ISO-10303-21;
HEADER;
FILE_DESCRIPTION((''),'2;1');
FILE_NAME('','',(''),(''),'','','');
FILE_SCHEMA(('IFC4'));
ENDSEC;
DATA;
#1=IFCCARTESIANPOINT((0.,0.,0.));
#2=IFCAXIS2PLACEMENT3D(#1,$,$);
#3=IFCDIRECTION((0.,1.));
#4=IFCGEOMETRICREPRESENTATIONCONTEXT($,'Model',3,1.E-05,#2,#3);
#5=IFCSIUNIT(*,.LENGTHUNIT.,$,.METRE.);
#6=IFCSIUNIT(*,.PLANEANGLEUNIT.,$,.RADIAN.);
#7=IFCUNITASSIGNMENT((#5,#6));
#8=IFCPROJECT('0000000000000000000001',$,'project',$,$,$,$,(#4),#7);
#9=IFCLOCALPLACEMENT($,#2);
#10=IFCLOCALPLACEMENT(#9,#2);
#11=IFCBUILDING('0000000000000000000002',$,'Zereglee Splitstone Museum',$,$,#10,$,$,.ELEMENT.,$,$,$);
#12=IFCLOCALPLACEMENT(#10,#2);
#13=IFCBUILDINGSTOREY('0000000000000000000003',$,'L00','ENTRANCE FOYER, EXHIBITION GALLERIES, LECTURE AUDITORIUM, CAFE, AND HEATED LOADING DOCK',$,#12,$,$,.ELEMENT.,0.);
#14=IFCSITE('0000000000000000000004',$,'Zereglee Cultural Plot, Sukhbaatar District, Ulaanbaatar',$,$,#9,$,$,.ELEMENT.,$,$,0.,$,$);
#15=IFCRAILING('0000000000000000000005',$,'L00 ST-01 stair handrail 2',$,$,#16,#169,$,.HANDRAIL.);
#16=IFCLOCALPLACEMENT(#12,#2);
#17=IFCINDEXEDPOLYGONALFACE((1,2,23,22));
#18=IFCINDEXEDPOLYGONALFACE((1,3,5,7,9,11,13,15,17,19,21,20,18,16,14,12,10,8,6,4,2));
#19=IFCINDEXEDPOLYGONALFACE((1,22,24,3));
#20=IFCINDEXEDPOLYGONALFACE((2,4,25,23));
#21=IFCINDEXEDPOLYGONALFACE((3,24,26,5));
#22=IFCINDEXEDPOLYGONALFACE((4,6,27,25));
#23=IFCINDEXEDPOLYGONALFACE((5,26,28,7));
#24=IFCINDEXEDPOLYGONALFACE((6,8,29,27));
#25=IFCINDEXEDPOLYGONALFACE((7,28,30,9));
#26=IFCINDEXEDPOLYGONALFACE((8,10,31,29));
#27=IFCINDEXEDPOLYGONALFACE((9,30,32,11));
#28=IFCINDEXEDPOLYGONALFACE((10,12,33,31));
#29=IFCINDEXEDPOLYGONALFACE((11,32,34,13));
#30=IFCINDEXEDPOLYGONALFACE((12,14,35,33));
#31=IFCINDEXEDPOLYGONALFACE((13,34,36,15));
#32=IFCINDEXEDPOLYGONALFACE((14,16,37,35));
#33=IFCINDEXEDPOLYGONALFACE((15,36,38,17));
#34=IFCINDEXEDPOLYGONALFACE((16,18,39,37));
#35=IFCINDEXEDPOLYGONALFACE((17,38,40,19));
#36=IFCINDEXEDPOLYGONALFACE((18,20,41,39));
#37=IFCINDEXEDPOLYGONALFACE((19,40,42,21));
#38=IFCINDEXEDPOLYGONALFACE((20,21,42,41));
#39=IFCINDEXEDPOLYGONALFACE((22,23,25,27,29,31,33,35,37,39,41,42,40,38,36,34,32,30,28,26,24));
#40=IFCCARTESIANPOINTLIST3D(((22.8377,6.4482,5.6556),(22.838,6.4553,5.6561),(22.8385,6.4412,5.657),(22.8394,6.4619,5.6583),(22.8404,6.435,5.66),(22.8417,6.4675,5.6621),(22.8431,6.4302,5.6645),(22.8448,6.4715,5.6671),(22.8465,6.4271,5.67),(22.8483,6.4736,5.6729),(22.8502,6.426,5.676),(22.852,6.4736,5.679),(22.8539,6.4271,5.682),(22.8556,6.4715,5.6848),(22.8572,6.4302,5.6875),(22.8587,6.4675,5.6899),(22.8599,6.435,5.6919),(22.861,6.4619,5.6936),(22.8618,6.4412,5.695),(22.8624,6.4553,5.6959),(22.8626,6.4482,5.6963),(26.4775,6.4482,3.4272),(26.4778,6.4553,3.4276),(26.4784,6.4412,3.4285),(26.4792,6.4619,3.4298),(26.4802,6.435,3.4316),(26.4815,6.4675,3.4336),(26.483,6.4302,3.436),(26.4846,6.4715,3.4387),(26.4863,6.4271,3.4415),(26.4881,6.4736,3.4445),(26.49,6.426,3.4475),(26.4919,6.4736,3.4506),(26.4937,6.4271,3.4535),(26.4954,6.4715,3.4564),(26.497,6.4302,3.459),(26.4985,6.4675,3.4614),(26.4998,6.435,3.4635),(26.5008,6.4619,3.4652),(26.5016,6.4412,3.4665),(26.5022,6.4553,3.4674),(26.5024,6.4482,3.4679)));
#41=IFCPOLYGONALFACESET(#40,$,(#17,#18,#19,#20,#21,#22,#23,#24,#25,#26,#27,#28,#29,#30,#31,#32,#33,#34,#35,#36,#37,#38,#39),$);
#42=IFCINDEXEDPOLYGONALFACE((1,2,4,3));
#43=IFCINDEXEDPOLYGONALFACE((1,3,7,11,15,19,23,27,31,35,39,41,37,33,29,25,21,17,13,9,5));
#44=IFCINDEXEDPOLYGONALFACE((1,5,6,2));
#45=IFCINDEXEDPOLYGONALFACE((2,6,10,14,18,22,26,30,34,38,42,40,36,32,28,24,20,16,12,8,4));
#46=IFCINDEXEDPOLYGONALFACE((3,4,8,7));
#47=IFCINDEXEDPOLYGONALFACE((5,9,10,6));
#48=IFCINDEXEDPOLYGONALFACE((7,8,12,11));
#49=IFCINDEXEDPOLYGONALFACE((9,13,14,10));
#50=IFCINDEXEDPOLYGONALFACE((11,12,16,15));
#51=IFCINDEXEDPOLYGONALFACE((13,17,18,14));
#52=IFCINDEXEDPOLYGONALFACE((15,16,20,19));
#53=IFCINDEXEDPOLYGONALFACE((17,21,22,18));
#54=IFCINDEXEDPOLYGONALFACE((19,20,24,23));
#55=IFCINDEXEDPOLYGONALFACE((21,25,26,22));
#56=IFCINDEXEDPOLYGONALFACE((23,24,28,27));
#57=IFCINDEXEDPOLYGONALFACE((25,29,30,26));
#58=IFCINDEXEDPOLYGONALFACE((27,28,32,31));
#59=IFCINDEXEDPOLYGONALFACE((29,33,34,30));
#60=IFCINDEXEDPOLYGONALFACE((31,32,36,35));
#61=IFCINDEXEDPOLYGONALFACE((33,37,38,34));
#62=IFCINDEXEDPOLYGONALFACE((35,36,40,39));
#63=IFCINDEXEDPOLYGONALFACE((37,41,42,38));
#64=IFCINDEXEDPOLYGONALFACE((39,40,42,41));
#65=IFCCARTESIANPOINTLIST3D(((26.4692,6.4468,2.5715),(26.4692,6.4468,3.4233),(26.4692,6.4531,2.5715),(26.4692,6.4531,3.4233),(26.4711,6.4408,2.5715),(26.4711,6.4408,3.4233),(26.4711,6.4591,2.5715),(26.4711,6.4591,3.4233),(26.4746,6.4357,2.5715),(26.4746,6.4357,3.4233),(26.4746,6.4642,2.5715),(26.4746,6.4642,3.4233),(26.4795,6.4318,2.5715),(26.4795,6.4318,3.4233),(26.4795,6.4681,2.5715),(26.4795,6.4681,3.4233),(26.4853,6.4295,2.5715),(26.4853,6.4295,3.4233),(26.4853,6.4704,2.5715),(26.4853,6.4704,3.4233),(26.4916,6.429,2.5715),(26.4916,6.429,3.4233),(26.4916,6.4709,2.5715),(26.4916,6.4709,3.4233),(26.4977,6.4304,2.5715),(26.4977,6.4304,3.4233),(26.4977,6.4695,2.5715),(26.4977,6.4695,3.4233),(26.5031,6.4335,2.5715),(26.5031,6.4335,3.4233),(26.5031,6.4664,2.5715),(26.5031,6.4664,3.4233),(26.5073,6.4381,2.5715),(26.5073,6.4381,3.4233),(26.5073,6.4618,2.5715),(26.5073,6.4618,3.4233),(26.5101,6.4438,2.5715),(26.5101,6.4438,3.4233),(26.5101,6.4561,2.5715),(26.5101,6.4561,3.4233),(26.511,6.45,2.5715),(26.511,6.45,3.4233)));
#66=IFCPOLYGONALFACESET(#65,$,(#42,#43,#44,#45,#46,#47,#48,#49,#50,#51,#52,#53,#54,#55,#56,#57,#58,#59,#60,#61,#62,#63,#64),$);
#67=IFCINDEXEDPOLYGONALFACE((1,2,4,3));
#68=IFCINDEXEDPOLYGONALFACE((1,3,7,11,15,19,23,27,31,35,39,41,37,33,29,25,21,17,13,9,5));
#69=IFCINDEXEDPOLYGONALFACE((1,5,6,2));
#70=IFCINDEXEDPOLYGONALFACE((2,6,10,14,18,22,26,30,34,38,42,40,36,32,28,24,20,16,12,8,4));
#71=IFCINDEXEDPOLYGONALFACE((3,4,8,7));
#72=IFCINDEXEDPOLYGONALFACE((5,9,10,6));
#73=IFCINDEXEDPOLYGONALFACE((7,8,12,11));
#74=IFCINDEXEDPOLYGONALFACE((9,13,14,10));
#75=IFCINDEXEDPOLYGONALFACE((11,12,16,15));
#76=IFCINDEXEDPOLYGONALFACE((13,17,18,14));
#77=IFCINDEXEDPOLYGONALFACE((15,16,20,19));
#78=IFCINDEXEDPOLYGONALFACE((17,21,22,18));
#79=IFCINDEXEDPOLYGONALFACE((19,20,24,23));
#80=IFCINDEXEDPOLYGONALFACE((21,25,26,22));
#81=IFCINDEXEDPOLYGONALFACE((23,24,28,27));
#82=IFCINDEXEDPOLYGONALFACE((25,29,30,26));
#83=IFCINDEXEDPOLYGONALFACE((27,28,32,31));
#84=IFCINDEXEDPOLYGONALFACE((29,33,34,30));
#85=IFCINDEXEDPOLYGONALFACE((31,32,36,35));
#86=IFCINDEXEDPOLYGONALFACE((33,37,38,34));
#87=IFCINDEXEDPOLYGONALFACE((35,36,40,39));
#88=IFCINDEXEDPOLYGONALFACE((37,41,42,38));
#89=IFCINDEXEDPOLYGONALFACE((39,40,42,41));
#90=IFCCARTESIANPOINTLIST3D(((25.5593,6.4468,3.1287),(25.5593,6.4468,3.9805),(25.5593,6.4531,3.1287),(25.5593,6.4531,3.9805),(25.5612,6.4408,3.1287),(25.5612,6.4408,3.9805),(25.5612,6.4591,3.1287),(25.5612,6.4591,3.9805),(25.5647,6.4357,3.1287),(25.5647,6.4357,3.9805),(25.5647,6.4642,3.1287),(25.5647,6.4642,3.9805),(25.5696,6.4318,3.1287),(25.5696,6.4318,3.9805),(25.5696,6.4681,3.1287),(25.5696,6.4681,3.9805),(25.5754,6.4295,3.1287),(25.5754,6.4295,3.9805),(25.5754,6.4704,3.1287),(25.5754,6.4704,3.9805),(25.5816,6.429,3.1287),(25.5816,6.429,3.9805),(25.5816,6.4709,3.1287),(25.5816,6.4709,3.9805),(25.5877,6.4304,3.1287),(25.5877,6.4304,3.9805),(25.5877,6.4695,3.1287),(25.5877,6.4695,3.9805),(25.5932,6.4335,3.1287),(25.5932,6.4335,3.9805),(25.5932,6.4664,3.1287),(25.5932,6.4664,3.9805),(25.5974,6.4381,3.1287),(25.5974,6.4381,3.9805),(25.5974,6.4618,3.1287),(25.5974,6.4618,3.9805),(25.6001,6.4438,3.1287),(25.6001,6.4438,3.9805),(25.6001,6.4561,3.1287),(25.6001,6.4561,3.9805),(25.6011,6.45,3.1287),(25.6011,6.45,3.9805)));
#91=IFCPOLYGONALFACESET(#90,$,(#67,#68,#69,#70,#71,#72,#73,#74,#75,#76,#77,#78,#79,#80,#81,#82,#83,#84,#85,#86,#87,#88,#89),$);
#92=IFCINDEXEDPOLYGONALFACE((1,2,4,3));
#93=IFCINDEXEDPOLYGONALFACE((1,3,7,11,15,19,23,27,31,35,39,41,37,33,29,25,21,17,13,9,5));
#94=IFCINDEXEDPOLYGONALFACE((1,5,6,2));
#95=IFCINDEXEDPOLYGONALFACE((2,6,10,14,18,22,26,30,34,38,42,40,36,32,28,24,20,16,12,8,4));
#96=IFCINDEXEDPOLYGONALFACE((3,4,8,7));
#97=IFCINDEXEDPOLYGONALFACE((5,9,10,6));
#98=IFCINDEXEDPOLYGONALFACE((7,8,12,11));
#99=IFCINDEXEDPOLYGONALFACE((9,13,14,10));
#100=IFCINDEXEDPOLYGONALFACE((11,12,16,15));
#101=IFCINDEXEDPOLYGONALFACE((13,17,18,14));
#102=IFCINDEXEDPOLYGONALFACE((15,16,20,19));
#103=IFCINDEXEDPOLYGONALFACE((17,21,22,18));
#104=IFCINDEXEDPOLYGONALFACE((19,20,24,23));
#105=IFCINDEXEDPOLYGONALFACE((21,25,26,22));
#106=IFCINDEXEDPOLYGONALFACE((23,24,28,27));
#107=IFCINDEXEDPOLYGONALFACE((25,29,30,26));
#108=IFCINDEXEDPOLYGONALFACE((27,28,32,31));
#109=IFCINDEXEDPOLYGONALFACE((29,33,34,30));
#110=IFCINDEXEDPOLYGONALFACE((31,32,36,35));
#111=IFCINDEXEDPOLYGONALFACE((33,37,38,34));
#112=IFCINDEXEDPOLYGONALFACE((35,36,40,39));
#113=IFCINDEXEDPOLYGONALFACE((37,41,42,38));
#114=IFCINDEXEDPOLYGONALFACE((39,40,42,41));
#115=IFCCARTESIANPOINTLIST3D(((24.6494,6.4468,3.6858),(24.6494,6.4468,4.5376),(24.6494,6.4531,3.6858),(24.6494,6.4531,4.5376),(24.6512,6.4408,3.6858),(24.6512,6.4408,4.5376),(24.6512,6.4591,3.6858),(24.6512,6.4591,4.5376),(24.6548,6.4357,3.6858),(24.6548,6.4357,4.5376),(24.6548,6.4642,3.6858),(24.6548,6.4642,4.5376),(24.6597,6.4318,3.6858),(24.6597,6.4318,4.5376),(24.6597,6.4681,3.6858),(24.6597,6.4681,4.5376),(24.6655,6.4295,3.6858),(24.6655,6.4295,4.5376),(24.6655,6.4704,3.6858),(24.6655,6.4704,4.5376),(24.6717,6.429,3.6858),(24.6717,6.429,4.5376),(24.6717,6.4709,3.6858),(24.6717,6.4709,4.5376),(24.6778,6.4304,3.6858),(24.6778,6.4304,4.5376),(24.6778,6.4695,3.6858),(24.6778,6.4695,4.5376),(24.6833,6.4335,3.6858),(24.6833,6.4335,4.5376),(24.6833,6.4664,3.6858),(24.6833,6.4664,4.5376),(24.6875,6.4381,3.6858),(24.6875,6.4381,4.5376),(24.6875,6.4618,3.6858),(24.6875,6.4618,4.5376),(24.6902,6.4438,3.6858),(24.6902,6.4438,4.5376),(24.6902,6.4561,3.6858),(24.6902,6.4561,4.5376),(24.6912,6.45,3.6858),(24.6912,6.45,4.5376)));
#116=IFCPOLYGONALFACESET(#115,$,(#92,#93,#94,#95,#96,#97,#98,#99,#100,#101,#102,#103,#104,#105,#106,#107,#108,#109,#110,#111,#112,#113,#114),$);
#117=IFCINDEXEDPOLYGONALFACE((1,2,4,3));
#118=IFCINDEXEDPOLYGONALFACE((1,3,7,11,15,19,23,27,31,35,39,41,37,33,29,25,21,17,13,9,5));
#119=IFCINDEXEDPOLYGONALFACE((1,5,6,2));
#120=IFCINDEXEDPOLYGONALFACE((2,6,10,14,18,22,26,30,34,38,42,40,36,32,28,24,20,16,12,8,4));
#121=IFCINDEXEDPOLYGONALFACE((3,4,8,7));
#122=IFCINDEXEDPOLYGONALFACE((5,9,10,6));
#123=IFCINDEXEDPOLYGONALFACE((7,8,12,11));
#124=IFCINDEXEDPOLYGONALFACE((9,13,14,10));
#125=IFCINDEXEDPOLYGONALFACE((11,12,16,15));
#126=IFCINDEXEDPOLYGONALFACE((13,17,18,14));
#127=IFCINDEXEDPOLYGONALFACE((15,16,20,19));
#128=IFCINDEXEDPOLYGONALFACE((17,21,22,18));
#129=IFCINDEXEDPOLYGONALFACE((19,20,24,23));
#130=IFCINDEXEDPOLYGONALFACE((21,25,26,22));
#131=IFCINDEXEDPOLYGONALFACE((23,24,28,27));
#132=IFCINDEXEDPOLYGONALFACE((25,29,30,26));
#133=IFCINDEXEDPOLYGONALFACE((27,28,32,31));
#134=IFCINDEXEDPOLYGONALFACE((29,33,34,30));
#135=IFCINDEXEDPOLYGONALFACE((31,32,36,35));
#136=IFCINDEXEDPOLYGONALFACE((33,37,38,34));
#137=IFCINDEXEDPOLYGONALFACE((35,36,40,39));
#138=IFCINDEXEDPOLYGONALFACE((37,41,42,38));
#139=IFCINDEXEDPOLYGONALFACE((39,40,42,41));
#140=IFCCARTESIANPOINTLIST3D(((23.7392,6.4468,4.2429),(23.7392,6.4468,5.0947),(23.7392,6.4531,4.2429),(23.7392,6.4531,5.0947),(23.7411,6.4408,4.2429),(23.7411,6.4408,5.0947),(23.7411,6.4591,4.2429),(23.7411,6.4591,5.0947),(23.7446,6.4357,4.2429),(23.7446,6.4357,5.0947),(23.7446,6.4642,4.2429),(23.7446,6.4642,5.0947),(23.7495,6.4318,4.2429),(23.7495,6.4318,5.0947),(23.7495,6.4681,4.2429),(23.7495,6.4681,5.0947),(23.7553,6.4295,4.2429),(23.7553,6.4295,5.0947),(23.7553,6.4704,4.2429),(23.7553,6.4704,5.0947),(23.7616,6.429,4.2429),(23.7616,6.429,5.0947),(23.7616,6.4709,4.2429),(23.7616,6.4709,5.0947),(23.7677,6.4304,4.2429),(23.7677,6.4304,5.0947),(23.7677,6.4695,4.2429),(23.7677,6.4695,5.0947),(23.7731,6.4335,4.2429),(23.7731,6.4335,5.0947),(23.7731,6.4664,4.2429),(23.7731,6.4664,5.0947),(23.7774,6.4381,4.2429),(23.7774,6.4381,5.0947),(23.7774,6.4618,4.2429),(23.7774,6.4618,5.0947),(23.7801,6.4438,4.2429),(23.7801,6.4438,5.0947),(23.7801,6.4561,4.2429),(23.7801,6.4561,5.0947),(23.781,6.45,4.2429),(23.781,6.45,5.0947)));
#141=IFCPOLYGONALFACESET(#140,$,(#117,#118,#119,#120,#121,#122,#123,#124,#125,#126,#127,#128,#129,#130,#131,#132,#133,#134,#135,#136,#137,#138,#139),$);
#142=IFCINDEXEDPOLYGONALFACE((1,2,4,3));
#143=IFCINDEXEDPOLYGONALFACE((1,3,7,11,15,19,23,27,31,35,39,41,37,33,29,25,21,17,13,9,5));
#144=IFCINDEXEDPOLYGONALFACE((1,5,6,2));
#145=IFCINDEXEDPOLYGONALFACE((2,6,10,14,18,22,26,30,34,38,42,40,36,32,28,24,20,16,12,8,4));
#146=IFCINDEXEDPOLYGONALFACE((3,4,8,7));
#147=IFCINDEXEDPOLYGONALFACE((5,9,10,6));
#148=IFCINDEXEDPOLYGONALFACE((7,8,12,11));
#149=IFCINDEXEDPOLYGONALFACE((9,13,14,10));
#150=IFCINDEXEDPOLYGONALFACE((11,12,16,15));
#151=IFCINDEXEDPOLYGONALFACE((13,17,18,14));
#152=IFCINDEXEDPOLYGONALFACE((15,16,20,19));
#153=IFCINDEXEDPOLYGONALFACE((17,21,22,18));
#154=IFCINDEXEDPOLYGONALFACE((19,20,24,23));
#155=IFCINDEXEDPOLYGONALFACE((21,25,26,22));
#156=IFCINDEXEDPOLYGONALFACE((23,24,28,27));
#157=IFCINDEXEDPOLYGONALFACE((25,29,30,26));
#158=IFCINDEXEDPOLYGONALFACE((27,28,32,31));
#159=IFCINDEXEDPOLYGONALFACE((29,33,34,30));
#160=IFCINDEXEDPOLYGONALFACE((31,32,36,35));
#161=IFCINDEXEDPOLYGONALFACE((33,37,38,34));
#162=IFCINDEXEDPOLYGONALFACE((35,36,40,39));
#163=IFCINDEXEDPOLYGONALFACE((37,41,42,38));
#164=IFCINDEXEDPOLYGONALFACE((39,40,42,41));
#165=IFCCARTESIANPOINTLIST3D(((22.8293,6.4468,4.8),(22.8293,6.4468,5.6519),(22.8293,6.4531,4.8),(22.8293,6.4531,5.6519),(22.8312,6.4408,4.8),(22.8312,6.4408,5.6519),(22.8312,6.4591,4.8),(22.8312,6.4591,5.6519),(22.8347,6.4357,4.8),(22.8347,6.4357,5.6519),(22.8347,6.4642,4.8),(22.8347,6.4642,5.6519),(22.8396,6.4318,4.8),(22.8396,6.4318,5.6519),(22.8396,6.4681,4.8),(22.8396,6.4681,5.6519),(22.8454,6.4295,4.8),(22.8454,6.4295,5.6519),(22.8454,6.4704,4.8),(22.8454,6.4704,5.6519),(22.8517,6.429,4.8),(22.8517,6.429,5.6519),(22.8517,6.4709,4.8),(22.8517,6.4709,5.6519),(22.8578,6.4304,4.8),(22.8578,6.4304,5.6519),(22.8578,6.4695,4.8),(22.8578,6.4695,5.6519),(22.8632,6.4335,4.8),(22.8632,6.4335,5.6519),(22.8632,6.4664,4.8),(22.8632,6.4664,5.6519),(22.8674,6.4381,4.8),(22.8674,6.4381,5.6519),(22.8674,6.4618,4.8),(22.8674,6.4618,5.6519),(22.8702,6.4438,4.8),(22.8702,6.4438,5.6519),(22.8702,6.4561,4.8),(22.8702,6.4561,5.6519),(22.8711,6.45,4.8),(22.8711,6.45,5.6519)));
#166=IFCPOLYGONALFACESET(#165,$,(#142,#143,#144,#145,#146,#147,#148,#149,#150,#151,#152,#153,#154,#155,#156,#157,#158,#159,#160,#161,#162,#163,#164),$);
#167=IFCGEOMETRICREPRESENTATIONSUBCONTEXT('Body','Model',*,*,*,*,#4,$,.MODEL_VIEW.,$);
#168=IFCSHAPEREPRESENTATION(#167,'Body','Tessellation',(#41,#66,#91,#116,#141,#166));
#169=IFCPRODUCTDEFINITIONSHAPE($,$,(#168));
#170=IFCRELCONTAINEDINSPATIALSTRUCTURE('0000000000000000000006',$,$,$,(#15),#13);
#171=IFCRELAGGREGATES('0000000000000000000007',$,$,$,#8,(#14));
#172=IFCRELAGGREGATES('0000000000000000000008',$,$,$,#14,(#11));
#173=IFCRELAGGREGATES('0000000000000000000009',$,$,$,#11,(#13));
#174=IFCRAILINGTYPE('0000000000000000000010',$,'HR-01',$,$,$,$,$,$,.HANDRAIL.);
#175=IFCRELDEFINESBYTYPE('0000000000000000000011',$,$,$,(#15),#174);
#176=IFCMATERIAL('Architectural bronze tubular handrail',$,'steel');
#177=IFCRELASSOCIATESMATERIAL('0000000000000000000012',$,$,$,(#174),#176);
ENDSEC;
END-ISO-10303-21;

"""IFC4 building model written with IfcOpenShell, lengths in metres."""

from ifc_helpers import new_model, si_unit, direction, frame, origin, origin_2d, place, context, subcontext, project, spatial, circle, extrude, material, type_object, element, save


model = new_model("IFC4")

# Units and contexts
model_context = context("Model", 3, precision=1e-05, world=origin(), true_north=direction((0.0, 1.0)))
body_context = subcontext(model_context, "Body", "Model", "MODEL_VIEW")
ifc_project = project(units=[si_unit("LENGTHUNIT", "METRE"), si_unit("PLANEANGLEUNIT", "RADIAN")], contexts=[model_context])

# Site, building, storey
site_placement = place(None, origin())
site = spatial("IfcSite", under=ifc_project, at=site_placement, Name="Zereglee Cultural Plot, Sukhbaatar District, Ulaanbaatar", CompositionType="ELEMENT", RefElevation=0.0)
building_placement = place(site_placement, origin())
building = spatial("IfcBuilding", under=site, at=building_placement, Name="Zereglee Splitstone Museum", CompositionType="ELEMENT")
storey_placement = place(building_placement, origin())
storey = spatial("IfcBuildingStorey", under=building, at=storey_placement, Name="L00", Description="ENTRANCE FOYER, EXHIBITION GALLERIES, LECTURE AUDITORIUM, CAFE, AND HEATED LOADING DOCK", CompositionType="ELEMENT", Elevation=0.0)

# Railing
ifc_material_1 = material(Name="Architectural bronze tubular handrail", Category="steel")
railing_type = type_object("IfcRailingType", Name="HR-01", PredefinedType="HANDRAIL", material=ifc_material_1)
railing_placement = place(storey_placement, frame((26.49, 6.45, 2.5715)))
element("IfcRailing", 1, at=railing_placement, inside=storey, type_object=railing_type, Name="L00 ST-01 stair handrail 2", PredefinedType="HANDRAIL", context=body_context, shape_type="SweptSolid", body=[
    extrude(circle(Radius=0.0239, at=origin_2d()), frame((0.0, 0.0, 0.876), z_axis=(-0.85285, 0.0, 0.522156), x_axis=(0.0, -1.0, 0.0)), (0.0, 0.0, 1.0), 4.2678),
    extrude(circle(Radius=0.021, at=origin_2d()), origin(), (0.0, 0.0, 1.0), 0.8518),
    extrude(circle(Radius=0.021, at=origin_2d()), frame((-0.9099, 0.0, 0.5571)), (0.0, 0.0, 1.0), 0.8518),
    extrude(circle(Radius=0.021, at=origin_2d()), frame((-1.8198, 0.0, 1.1143)), (0.0, 0.0, 1.0), 0.8518),
    extrude(circle(Radius=0.021, at=origin_2d()), frame((-2.73, 0.0, 1.6714)), (0.0, 0.0, 1.0), 0.8518),
    extrude(circle(Radius=0.021, at=origin_2d()), frame((-3.6399, 0.0, 2.2285)), (0.0, 0.0, 1.0), 0.8518),
])

save(model, "model.ifc")
